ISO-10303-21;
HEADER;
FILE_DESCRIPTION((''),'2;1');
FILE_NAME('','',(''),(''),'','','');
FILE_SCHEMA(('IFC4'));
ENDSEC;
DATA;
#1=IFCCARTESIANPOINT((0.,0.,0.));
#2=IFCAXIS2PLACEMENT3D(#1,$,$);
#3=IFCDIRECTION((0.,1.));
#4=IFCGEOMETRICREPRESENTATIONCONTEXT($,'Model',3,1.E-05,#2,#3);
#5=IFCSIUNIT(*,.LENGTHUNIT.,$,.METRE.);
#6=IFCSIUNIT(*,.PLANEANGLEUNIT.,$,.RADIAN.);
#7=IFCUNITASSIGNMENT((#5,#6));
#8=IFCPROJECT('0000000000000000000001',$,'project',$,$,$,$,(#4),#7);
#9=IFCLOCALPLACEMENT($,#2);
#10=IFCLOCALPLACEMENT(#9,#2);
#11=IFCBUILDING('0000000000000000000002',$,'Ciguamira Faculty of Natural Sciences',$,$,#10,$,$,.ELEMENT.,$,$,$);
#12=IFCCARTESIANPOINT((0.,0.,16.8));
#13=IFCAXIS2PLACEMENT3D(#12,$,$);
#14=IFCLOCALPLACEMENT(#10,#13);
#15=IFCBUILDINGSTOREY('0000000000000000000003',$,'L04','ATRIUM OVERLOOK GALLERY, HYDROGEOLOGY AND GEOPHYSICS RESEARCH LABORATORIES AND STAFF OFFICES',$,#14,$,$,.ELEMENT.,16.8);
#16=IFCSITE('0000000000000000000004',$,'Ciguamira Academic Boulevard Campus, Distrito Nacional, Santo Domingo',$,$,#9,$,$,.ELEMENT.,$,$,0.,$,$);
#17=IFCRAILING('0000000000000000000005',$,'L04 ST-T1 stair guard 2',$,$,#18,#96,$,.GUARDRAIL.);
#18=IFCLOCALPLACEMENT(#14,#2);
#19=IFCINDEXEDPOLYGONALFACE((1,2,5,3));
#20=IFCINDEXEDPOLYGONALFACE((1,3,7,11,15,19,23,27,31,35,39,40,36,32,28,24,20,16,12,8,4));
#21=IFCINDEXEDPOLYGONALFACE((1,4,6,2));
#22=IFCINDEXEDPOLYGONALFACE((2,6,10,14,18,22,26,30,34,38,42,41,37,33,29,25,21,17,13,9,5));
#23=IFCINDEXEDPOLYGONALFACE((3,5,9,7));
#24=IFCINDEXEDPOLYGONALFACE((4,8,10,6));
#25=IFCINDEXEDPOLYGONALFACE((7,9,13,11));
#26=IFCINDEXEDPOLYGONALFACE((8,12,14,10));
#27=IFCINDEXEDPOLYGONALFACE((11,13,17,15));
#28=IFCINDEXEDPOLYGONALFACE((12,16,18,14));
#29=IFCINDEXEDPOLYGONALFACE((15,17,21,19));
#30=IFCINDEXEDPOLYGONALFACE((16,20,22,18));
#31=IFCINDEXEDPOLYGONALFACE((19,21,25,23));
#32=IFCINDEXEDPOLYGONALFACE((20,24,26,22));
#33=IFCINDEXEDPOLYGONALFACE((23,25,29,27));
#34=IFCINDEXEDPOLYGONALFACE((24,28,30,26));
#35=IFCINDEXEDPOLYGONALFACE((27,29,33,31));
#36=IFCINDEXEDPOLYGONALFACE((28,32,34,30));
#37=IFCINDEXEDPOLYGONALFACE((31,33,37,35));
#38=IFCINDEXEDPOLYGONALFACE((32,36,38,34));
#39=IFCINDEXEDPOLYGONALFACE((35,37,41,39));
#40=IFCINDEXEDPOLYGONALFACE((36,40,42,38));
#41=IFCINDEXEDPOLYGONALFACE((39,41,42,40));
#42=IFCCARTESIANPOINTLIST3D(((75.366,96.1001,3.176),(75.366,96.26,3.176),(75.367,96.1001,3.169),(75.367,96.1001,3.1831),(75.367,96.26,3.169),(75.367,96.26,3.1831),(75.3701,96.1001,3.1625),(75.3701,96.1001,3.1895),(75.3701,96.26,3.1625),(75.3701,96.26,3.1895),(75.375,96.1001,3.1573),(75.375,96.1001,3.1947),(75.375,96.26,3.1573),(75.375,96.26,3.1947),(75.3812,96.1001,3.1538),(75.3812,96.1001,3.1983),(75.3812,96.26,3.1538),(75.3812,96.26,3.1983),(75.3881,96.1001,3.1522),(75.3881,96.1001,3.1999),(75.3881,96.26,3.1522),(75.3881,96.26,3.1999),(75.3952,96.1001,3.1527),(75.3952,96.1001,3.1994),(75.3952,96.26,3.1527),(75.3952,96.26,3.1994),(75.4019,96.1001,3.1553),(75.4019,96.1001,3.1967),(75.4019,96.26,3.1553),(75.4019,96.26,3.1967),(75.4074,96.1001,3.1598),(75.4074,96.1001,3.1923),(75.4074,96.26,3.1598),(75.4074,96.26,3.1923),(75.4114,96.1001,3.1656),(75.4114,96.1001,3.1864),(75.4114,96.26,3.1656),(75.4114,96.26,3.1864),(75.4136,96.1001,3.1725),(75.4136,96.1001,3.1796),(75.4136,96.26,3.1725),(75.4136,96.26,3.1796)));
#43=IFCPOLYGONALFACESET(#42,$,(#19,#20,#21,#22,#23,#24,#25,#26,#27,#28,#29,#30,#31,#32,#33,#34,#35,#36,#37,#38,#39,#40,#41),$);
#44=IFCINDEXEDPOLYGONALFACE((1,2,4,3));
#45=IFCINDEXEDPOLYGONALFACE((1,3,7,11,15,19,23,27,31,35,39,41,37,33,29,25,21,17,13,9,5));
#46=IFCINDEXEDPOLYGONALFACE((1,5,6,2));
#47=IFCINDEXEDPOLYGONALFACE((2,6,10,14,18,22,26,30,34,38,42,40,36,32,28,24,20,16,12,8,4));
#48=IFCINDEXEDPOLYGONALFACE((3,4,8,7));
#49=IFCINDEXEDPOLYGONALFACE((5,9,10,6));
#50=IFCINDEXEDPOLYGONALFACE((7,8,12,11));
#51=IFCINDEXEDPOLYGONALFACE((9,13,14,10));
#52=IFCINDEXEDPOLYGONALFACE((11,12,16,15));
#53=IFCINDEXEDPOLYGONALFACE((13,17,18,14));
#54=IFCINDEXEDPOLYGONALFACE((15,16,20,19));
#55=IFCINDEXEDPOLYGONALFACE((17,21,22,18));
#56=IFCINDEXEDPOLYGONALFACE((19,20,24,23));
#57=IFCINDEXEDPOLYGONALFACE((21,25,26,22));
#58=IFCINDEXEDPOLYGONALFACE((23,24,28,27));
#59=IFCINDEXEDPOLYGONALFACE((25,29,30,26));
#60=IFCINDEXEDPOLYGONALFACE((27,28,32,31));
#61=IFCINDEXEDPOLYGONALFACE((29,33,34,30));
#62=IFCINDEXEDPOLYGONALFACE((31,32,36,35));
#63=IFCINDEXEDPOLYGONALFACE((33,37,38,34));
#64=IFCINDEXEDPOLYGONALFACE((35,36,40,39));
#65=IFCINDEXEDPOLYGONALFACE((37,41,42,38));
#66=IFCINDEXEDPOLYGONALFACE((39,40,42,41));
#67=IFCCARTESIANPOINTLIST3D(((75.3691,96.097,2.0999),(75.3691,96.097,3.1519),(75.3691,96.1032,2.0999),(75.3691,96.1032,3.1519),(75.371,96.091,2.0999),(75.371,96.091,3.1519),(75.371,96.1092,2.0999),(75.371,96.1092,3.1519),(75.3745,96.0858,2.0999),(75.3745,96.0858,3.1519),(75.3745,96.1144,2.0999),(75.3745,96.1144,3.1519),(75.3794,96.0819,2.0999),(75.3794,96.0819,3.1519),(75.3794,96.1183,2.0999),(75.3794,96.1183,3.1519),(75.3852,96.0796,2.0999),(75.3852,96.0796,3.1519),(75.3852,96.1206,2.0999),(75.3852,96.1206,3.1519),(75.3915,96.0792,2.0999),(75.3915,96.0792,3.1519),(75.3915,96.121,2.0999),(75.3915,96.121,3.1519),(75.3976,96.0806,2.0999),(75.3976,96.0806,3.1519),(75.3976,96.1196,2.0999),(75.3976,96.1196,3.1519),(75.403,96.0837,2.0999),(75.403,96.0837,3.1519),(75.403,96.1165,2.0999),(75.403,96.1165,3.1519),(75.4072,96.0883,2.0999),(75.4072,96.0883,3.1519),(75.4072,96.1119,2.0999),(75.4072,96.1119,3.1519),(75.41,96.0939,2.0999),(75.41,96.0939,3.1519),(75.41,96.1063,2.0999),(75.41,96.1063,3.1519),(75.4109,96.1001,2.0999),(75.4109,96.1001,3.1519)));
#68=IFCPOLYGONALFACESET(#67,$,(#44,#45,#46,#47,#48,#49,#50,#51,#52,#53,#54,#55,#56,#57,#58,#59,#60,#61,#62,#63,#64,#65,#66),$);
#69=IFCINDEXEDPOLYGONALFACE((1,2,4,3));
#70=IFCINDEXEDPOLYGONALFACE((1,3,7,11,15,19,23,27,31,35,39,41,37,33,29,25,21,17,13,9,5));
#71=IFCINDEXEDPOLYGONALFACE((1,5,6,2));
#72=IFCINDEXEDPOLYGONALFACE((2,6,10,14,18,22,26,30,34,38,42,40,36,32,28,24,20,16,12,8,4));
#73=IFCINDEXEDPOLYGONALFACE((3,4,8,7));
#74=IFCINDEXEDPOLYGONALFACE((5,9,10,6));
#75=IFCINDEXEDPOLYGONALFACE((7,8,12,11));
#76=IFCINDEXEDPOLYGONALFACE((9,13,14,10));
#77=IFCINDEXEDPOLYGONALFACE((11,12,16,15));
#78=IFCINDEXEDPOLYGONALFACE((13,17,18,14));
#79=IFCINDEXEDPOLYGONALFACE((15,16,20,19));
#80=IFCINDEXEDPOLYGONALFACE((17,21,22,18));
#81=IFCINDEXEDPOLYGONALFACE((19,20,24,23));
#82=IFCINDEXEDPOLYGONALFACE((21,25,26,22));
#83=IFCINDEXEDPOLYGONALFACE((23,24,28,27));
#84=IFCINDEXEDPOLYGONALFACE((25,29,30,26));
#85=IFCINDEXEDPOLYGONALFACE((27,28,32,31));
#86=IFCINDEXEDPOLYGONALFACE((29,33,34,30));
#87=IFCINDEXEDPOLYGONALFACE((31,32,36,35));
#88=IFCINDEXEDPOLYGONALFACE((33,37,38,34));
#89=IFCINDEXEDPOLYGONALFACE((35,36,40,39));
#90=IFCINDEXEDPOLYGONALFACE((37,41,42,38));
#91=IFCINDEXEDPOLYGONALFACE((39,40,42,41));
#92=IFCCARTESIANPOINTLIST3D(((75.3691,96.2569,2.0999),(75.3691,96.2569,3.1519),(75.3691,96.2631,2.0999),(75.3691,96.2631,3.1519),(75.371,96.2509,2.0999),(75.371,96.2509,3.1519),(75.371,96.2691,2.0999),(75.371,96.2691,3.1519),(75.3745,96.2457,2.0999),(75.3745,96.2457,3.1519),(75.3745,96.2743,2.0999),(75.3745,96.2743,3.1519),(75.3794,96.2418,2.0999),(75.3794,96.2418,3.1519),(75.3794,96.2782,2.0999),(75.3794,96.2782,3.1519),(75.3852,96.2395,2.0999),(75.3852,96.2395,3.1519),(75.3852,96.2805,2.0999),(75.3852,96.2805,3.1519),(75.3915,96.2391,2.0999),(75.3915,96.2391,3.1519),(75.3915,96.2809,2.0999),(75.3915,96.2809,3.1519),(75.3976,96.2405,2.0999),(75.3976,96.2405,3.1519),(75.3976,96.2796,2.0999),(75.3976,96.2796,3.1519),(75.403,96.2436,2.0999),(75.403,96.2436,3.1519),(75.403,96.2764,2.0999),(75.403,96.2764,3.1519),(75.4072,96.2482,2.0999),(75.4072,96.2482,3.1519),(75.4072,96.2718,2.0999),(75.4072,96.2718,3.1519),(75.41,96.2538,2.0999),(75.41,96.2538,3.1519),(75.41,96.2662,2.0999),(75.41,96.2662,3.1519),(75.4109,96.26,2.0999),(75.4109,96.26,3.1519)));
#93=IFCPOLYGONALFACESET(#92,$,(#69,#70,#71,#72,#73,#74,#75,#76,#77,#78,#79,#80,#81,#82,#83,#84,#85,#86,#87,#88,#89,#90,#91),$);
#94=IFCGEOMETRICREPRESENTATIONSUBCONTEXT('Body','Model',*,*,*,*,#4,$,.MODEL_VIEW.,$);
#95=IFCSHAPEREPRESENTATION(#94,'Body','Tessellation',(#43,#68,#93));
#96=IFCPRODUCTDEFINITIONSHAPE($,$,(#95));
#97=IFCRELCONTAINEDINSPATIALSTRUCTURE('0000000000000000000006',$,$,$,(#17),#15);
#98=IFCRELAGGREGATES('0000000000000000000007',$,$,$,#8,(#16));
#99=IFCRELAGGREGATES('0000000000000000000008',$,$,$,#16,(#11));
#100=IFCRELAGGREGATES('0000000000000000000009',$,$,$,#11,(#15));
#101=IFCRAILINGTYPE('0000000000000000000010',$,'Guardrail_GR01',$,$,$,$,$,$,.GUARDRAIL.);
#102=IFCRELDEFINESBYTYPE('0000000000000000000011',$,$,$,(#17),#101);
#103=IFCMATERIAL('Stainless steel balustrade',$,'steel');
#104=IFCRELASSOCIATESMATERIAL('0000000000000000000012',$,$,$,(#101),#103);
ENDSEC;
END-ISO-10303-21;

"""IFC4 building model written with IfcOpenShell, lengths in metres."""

from ifc_helpers import new_model, si_unit, direction, frame, origin, origin_2d, place, context, subcontext, project, spatial, circle, extrude, material, type_object, element, save


model = new_model("IFC4")

# Units and contexts
model_context = context("Model", 3, precision=1e-05, world=origin(), true_north=direction((0.0, 1.0)))
body_context = subcontext(model_context, "Body", "Model", "MODEL_VIEW")
ifc_project = project(units=[si_unit("LENGTHUNIT", "METRE"), si_unit("PLANEANGLEUNIT", "RADIAN")], contexts=[model_context])

# Site, building, storey
site_placement = place(None, origin())
site = spatial("IfcSite", under=ifc_project, at=site_placement, Name="Ciguamira Academic Boulevard Campus, Distrito Nacional, Santo Domingo", CompositionType="ELEMENT", RefElevation=0.0)
building_placement = place(site_placement, origin())
building = spatial("IfcBuilding", under=site, at=building_placement, Name="Ciguamira Faculty of Natural Sciences", CompositionType="ELEMENT")
storey_placement = place(building_placement, frame((0.0, 0.0, 16.8)))
storey = spatial("IfcBuildingStorey", under=building, at=storey_placement, Name="L04", Description="ATRIUM OVERLOOK GALLERY, HYDROGEOLOGY AND GEOPHYSICS RESEARCH LABORATORIES AND STAFF OFFICES", CompositionType="ELEMENT", Elevation=16.8)

# Railing
ifc_material_1 = material(Name="Stainless steel balustrade", Category="steel")
railing_type = type_object("IfcRailingType", Name="Guardrail_GR01", PredefinedType="GUARDRAIL", material=ifc_material_1)
railing_1_placement = place(storey_placement, frame((75.3899, 96.1001, 2.0999)))
element("IfcRailing", 1, at=railing_1_placement, inside=storey, type_object=railing_type, Name="L04 ST-T1 stair guard 2", PredefinedType="GUARDRAIL", context=body_context, shape_type="SweptSolid", body=[
    extrude(circle(Radius=0.0239, at=origin_2d()), frame((0.0, 0.0, 1.0762), z_axis=(0.0, 1.0, 0.0), x_axis=(-1.0, 0.0, 0.0)), (0.0, 0.0, 1.0), 0.1599),
    extrude(circle(Radius=0.021, at=origin_2d()), origin(), (0.0, 0.0, 1.0), 1.052),
    extrude(circle(Radius=0.021, at=origin_2d()), frame((0.0, 0.1599, 0.0)), (0.0, 0.0, 1.0), 1.052),
])

save(model, "model.ifc")
